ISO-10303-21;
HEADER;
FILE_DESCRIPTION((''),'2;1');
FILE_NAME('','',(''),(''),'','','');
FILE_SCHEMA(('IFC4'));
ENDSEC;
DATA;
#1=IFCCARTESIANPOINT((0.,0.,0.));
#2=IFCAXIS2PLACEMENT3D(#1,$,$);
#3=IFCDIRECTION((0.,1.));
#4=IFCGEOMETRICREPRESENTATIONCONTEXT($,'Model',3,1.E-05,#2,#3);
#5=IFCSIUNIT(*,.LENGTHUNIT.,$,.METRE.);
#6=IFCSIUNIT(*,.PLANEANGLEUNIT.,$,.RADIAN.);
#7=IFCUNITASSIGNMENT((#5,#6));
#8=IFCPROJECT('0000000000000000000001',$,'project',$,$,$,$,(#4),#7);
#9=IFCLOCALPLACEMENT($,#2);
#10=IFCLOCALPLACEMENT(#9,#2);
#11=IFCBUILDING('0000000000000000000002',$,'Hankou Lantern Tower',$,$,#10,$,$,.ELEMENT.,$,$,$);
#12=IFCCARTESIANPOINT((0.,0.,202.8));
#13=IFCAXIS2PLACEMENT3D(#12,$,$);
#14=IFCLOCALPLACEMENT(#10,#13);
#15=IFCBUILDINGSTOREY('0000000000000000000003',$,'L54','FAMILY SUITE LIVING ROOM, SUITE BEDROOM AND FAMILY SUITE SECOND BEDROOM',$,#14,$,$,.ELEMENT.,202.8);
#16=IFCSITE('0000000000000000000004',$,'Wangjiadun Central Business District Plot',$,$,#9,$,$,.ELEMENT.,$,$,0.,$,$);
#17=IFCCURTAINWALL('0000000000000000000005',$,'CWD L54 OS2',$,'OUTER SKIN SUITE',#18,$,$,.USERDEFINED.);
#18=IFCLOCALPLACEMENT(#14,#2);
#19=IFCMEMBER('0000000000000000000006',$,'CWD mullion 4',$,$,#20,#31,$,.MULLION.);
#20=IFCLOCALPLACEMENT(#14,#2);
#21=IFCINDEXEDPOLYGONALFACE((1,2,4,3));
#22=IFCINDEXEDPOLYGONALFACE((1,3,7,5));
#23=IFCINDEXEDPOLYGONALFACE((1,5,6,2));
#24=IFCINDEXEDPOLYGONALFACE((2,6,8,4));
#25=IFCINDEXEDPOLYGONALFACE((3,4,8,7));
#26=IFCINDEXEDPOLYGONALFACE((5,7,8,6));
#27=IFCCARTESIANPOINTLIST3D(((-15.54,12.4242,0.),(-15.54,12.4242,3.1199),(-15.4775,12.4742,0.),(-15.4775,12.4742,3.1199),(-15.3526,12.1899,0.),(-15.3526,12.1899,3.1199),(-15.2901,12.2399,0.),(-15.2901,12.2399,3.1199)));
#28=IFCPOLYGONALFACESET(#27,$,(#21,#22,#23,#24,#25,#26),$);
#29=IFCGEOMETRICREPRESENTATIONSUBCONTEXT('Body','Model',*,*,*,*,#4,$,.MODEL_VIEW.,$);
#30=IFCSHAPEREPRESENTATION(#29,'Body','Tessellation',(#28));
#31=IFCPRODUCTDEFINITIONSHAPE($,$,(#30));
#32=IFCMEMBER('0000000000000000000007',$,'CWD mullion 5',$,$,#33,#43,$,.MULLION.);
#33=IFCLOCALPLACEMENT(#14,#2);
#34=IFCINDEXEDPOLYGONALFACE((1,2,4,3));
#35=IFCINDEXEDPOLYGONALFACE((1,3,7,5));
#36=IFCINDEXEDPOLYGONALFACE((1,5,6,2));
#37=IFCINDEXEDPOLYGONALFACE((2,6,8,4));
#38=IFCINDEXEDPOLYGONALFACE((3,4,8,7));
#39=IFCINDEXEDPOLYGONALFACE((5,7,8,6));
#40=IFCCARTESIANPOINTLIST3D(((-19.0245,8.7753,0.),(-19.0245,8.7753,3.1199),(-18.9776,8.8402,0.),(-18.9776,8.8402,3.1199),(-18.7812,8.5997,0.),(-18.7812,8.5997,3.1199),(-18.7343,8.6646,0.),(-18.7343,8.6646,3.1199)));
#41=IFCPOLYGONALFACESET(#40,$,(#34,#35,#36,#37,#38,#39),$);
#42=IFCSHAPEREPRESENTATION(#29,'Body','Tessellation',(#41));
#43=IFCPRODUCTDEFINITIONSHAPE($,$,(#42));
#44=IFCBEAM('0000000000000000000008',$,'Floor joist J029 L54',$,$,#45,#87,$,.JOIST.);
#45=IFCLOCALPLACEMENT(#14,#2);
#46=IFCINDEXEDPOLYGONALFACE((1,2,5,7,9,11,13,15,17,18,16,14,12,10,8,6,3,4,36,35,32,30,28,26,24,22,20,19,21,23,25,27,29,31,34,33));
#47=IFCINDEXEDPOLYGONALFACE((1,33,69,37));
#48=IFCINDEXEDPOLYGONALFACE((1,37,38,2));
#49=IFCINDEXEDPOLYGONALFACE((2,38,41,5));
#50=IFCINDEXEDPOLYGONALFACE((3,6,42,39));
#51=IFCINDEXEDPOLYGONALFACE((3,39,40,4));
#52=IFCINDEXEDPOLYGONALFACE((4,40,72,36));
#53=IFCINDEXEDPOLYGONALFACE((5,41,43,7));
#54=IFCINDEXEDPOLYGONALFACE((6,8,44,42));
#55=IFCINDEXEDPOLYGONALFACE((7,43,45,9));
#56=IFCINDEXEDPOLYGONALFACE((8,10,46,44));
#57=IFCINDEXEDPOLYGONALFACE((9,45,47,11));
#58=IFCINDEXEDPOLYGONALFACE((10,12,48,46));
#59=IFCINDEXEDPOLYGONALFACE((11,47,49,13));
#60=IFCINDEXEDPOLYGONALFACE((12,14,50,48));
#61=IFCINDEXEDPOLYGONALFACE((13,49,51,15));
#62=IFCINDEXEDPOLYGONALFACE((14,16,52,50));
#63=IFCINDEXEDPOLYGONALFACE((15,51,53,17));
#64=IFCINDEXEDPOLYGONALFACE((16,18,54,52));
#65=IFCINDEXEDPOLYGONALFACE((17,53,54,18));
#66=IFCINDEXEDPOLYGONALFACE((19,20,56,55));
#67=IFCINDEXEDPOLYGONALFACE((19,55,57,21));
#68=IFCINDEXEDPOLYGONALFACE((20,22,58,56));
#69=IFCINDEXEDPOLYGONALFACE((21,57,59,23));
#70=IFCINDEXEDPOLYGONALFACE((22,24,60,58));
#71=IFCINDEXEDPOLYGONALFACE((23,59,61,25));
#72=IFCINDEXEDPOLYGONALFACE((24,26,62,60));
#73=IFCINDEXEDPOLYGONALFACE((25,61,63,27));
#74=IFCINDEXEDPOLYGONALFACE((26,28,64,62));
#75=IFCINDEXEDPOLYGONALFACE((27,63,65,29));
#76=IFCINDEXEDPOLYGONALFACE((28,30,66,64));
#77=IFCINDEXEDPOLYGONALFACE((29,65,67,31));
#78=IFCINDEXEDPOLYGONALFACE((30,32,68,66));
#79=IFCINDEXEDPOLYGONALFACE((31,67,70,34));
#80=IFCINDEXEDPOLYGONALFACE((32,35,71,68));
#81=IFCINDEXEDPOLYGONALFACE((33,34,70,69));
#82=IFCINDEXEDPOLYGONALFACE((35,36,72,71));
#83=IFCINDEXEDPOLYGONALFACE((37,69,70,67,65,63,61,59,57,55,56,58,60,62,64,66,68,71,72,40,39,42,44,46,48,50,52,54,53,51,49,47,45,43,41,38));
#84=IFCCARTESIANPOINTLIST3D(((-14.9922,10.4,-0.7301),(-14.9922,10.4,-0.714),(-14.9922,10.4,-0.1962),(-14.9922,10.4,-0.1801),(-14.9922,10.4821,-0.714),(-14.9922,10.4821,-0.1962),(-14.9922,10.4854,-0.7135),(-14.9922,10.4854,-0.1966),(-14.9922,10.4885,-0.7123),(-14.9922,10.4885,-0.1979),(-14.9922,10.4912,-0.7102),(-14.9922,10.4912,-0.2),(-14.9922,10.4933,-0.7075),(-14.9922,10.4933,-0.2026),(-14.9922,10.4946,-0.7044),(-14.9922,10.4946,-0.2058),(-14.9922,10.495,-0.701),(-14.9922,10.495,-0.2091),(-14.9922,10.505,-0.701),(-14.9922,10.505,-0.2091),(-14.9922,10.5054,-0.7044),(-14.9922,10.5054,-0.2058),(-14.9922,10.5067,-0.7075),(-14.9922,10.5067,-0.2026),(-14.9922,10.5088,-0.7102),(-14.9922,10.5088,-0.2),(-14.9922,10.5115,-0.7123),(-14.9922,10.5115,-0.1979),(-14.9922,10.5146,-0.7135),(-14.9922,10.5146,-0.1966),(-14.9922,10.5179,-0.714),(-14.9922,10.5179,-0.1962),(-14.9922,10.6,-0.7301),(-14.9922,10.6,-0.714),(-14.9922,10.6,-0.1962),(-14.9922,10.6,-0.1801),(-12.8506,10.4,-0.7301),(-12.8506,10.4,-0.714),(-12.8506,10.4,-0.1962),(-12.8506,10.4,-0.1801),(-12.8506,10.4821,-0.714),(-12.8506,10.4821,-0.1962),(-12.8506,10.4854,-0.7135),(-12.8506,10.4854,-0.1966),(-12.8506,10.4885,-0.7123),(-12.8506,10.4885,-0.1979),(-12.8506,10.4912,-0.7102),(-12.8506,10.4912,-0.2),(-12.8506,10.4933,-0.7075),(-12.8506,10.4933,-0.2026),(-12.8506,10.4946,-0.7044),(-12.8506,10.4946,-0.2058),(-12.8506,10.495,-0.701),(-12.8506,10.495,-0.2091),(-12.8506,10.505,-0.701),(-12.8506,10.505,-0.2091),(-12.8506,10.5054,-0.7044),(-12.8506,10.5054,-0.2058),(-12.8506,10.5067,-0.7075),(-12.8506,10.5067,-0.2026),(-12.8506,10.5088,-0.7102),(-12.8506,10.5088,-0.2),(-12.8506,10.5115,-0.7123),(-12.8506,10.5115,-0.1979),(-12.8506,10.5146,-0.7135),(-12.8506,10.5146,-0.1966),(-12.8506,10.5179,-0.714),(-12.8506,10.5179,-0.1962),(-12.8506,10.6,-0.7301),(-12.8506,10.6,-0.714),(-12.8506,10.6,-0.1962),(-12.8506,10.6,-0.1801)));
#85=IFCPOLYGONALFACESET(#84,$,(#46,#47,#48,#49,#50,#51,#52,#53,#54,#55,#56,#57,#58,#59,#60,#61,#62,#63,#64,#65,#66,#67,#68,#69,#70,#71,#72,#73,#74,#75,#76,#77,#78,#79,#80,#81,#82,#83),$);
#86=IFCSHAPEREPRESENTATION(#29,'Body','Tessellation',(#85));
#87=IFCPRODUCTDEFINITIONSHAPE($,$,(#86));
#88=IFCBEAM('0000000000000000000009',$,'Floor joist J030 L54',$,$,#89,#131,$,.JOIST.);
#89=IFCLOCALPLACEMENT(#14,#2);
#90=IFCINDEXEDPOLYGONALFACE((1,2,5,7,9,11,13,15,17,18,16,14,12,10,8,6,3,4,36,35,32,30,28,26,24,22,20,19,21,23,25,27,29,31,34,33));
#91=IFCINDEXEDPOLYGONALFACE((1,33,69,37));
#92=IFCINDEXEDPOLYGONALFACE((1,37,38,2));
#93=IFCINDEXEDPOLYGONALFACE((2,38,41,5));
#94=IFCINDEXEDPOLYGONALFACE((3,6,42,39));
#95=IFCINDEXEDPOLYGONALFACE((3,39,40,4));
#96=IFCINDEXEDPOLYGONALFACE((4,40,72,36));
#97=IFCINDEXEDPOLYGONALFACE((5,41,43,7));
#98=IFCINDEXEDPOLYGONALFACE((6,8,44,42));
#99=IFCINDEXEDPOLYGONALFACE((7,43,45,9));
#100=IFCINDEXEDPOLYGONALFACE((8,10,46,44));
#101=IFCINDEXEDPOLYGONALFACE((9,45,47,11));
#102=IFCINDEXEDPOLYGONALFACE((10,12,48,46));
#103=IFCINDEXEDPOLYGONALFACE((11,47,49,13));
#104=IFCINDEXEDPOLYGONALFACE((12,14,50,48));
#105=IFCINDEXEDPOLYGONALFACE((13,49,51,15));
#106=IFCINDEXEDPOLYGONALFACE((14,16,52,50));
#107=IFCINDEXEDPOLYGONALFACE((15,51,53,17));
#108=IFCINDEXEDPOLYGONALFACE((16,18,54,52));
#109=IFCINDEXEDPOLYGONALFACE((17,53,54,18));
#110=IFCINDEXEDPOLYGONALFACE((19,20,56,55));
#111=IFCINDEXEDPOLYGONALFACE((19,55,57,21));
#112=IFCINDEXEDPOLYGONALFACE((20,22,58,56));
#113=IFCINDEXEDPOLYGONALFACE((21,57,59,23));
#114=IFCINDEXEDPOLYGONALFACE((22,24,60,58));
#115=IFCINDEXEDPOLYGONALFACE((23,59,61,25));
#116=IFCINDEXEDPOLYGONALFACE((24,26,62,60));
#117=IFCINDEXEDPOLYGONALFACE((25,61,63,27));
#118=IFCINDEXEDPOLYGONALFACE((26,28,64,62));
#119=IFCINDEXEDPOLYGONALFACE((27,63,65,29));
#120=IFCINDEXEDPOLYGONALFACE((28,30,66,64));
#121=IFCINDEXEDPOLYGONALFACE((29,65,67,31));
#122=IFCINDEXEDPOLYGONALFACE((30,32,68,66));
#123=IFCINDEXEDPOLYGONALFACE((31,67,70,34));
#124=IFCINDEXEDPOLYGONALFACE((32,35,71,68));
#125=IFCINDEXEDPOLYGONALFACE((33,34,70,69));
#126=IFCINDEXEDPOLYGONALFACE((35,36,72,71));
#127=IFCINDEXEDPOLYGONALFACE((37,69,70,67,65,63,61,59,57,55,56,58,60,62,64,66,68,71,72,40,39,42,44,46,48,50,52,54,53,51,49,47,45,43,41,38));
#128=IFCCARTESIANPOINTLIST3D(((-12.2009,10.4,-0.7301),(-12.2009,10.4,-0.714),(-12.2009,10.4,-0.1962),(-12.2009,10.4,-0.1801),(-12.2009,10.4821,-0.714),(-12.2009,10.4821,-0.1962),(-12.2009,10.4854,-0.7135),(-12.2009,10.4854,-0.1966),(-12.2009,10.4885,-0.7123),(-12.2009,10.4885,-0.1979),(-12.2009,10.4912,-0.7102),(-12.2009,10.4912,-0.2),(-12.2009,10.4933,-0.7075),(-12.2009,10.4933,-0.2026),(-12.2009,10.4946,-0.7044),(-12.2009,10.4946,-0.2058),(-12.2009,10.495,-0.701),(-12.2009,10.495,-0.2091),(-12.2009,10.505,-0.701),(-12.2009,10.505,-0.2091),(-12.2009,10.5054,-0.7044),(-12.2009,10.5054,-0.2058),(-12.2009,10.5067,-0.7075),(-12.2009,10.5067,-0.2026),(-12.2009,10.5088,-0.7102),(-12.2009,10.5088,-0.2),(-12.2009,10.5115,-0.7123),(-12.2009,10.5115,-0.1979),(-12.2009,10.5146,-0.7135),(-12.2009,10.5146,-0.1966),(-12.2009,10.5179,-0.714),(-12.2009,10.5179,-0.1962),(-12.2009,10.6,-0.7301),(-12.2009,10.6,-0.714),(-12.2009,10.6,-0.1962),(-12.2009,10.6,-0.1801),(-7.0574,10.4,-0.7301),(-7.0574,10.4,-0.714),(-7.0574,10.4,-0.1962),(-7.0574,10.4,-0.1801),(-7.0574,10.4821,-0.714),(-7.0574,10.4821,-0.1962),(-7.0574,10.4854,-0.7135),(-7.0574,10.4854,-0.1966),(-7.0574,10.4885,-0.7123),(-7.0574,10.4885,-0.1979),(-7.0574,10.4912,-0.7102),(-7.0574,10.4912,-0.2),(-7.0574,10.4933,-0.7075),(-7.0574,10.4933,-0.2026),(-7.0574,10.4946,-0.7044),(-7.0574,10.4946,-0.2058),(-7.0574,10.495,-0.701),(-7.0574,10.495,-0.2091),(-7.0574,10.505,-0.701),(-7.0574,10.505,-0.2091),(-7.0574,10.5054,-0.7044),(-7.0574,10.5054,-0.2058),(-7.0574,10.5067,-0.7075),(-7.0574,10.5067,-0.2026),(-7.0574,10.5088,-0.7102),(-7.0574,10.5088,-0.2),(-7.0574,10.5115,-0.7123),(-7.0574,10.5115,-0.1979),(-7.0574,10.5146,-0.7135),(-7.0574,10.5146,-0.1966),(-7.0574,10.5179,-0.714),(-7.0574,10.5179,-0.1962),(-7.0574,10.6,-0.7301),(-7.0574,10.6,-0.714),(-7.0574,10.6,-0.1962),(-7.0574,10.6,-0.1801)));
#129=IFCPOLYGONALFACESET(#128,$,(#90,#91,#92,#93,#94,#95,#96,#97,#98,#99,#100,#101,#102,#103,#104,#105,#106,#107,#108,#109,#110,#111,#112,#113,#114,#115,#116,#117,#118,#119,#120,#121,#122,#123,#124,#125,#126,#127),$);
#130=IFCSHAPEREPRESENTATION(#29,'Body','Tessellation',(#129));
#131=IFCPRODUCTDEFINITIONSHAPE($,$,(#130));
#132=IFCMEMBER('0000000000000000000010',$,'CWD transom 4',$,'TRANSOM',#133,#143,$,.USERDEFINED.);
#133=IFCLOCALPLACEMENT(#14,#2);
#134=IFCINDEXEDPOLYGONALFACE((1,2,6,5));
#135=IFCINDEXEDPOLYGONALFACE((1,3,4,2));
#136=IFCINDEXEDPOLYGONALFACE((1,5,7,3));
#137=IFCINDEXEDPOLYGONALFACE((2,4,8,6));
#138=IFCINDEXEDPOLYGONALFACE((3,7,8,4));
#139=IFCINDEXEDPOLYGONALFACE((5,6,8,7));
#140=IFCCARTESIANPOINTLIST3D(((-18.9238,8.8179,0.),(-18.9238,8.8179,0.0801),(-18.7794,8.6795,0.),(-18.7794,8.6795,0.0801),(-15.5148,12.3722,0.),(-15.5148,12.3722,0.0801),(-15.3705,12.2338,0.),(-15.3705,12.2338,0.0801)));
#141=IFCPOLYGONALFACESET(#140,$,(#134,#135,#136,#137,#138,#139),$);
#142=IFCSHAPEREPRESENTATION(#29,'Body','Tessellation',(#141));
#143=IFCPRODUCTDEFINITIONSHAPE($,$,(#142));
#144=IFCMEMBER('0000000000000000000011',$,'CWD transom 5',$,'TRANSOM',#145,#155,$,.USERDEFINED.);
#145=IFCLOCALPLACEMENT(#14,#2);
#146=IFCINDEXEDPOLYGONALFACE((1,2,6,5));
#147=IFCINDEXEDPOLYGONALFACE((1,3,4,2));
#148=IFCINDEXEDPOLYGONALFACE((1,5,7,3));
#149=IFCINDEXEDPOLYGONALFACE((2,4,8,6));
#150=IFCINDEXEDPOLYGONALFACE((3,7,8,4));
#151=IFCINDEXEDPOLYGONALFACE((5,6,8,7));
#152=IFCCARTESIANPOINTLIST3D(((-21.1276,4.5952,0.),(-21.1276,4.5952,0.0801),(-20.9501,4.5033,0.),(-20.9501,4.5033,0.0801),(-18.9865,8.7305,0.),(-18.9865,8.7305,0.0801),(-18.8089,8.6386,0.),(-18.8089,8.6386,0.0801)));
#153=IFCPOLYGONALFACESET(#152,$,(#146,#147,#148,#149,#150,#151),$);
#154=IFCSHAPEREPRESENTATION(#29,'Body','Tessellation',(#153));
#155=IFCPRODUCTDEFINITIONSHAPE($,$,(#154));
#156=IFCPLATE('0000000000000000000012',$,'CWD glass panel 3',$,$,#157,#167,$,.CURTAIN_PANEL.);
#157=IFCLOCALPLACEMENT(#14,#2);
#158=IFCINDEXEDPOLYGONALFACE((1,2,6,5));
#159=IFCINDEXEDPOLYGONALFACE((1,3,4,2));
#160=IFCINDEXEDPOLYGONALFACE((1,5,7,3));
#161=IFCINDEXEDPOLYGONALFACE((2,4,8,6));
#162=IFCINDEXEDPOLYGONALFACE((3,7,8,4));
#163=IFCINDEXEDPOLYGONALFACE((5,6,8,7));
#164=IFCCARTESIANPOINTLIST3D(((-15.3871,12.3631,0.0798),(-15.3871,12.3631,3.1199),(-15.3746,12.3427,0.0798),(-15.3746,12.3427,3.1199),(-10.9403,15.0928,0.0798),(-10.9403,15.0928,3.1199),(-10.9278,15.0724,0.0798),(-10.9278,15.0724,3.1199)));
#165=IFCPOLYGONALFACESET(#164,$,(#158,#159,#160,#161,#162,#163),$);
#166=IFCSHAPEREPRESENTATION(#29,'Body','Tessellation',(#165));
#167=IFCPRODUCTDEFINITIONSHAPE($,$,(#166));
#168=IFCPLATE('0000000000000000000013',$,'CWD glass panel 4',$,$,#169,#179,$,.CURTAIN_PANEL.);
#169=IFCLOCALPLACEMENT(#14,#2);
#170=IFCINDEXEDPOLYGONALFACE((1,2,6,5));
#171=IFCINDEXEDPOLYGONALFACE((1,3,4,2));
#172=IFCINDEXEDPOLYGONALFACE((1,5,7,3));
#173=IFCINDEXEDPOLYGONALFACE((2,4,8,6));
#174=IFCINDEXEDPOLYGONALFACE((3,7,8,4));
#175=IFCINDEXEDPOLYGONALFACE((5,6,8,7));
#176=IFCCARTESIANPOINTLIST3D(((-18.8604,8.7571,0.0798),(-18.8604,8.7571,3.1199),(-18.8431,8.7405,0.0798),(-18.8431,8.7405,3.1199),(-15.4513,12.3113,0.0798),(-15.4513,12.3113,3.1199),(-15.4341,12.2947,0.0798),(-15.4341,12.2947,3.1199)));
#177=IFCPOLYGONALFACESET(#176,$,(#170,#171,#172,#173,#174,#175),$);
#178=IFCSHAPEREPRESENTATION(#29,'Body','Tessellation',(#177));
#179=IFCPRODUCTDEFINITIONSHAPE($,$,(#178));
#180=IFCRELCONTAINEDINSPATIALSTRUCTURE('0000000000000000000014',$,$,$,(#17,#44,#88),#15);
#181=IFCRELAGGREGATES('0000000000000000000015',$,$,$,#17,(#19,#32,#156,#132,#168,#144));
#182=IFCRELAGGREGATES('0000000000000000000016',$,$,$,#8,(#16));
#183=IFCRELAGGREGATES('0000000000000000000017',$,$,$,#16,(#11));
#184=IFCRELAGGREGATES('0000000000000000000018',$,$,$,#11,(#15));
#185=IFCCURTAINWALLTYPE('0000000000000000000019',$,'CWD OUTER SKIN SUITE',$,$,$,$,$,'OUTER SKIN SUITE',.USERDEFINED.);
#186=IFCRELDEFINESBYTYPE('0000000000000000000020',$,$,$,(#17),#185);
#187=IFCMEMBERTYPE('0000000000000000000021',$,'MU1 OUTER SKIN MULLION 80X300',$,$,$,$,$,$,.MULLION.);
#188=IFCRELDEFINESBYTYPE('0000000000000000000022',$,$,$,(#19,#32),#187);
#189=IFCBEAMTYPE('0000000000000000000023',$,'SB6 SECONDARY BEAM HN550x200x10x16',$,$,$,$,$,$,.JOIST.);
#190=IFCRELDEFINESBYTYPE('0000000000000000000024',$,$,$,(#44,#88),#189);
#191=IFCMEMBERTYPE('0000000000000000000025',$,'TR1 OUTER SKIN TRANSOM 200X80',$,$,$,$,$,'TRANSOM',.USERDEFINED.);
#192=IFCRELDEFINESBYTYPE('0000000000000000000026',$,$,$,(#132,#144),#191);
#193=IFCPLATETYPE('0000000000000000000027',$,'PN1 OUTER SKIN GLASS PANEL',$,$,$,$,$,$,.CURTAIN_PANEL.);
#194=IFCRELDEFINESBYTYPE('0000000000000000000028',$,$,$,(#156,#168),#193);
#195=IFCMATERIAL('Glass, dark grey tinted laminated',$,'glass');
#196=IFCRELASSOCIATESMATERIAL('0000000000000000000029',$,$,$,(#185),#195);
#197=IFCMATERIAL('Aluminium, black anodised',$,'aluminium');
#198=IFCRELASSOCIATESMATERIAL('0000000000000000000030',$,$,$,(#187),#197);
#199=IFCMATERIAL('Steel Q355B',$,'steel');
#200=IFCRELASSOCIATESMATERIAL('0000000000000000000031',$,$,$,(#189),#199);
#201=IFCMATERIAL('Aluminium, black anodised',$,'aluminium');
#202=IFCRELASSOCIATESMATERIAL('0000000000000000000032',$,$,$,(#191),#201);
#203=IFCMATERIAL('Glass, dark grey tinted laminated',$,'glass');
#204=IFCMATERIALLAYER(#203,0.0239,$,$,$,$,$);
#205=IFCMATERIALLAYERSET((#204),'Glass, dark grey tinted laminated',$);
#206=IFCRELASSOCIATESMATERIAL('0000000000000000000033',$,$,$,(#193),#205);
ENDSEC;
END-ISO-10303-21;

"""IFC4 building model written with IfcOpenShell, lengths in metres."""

from ifc_helpers import new_model, si_unit, direction, frame, origin, origin_2d, place, context, subcontext, project, spatial, rectangle, i_section, extrude, material, layer, layer_set, material_profile, profile_set, type_object, element, aggregate, save


model = new_model("IFC4")

# Units and contexts
model_context = context("Model", 3, precision=1e-05, world=origin(), true_north=direction((0.0, 1.0)))
body_context = subcontext(model_context, "Body", "Model", "MODEL_VIEW")
ifc_project = project(units=[si_unit("LENGTHUNIT", "METRE"), si_unit("PLANEANGLEUNIT", "RADIAN")], contexts=[model_context])

# Site, building, storey
site_placement = place(None, origin())
site = spatial("IfcSite", under=ifc_project, at=site_placement, Name="Wangjiadun Central Business District Plot", CompositionType="ELEMENT", RefElevation=0.0)
building_placement = place(site_placement, origin())
building = spatial("IfcBuilding", under=site, at=building_placement, Name="Hankou Lantern Tower", CompositionType="ELEMENT")
storey_placement = place(building_placement, frame((0.0, 0.0, 202.8)))
storey = spatial("IfcBuildingStorey", under=building, at=storey_placement, Name="L54", Description="FAMILY SUITE LIVING ROOM, SUITE BEDROOM AND FAMILY SUITE SECOND BEDROOM", CompositionType="ELEMENT", Elevation=202.8)

# Curtain wall, members
ifc_material_1 = material(Name="Glass, dark grey tinted laminated", Category="glass")
curtain_wall_type = type_object("IfcCurtainWallType", Name="CWD OUTER SKIN SUITE", ElementType="OUTER SKIN SUITE", PredefinedType="USERDEFINED", material=ifc_material_1)
curtain_wall_placement = place(storey_placement, origin())
curtain_wall = element("IfcCurtainWall", 1, at=curtain_wall_placement, inside=storey, type_object=curtain_wall_type, Name="CWD L54 OS2", ObjectType="OUTER SKIN SUITE", PredefinedType="USERDEFINED")
ifc_material_2 = material(Name="Aluminium, black anodised", Category="aluminium")
ifc_material_profile_1 = material_profile(ifc_material_2, rectangle(XDim=0.0801, YDim=0.3, at=origin_2d()), Name="MU1 80X300")
ifc_profile_set_1 = profile_set([ifc_material_profile_1], Name="Aluminium, black anodised")
member_type_1 = type_object("IfcMemberType", Name="MU1 OUTER SKIN MULLION 80X300", PredefinedType="MULLION", material=ifc_profile_set_1)
member_1_placement = place(storey_placement, frame((-15.415, 12.332, 0.0), z_axis=(0.0, 0.0, 1.0), x_axis=(-0.780869, -0.624695, 0.0)))
member_1 = element("IfcMember", 2, at=member_1_placement, type_object=member_type_1, Name="CWD mullion 4", PredefinedType="MULLION", context=body_context, shape_type="SweptSolid", body=[
    extrude(rectangle(XDim=0.0801, YDim=0.3, at=origin_2d()), origin(), (0.0, 0.0, 1.0), 3.1199),
])
member_2_placement = place(storey_placement, frame((-18.8794, 8.72, 0.0), z_axis=(0.0, 0.0, 1.0), x_axis=(-0.585206, -0.810885, 0.0)))
member_2 = element("IfcMember", 3, at=member_2_placement, type_object=member_type_1, Name="CWD mullion 5", PredefinedType="MULLION", context=body_context, shape_type="SweptSolid", body=[
    extrude(rectangle(XDim=0.0801, YDim=0.3, at=origin_2d()), origin(), (0.0, 0.0, 1.0), 3.1199),
])

# Beams
ifc_material_3 = material(Name="Steel Q355B", Category="steel")
ifc_material_profile_2 = material_profile(ifc_material_3, i_section(OverallWidth=0.2, OverallDepth=0.55, WebThickness=0.01, FlangeThickness=0.0161, FilletRadius=0.0129, at=origin_2d()), Name="HN550x200x10x16")
ifc_profile_set_2 = profile_set([ifc_material_profile_2], Name="Steel Q355B")
beam_type_1 = type_object("IfcBeamType", Name="SB6 SECONDARY BEAM HN550x200x10x16", PredefinedType="JOIST", material=ifc_profile_set_2)
beam_1_placement = place(storey_placement, frame((-14.9922, 10.5, -0.4551), z_axis=(1.0, 0.0, 0.0), x_axis=(0.0, 1.0, 0.0)))
element("IfcBeam", 4, at=beam_1_placement, inside=storey, type_object=beam_type_1, Name="Floor joist J029 L54", PredefinedType="JOIST", context=body_context, shape_type="SweptSolid", body=[
    extrude(i_section(OverallWidth=0.2, OverallDepth=0.55, WebThickness=0.01, FlangeThickness=0.0161, FilletRadius=0.0129, at=origin_2d()), origin(), (0.0, 0.0, 1.0), 2.1416),
])
beam_2_placement = place(storey_placement, frame((-12.2009, 10.5, -0.4551), z_axis=(1.0, 0.0, 0.0), x_axis=(0.0, 1.0, 0.0)))
element("IfcBeam", 5, at=beam_2_placement, inside=storey, type_object=beam_type_1, Name="Floor joist J030 L54", PredefinedType="JOIST", context=body_context, shape_type="SweptSolid", body=[
    extrude(i_section(OverallWidth=0.2, OverallDepth=0.55, WebThickness=0.01, FlangeThickness=0.0161, FilletRadius=0.0129, at=origin_2d()), origin(), (0.0, 0.0, 1.0), 5.1436),
])

# Members
ifc_material_4 = material(Name="Aluminium, black anodised", Category="aluminium")
ifc_material_profile_3 = material_profile(ifc_material_4, rectangle(XDim=0.2, YDim=0.0801, at=origin_2d()), Name="TR1 200X80")
ifc_profile_set_3 = profile_set([ifc_material_profile_3], Name="Aluminium, black anodised")
member_type_2 = type_object("IfcMemberType", Name="TR1 OUTER SKIN TRANSOM 200X80", ElementType="TRANSOM", PredefinedType="USERDEFINED", material=ifc_profile_set_3)
member_3_placement = place(storey_placement, frame((-15.4426, 12.303, 0.04), z_axis=(-0.692205, -0.721701, 0.0), x_axis=(0.721701, -0.692205, 0.0)))
member_3 = element("IfcMember", 6, at=member_3_placement, type_object=member_type_2, Name="CWD transom 4", ObjectType="TRANSOM", PredefinedType="USERDEFINED", context=body_context, shape_type="SweptSolid", body=[
    extrude(rectangle(XDim=0.2, YDim=0.0801, at=origin_2d()), origin(), (0.0, 0.0, 1.0), 4.9248),
])
member_4_placement = place(storey_placement, frame((-18.8977, 8.6846, 0.04), z_axis=(-0.459794, -0.888026, 0.0), x_axis=(0.888026, -0.459794, 0.0)))
member_4 = element("IfcMember", 7, at=member_4_placement, type_object=member_type_2, Name="CWD transom 5", ObjectType="TRANSOM", PredefinedType="USERDEFINED", context=body_context, shape_type="SweptSolid", body=[
    extrude(rectangle(XDim=0.2, YDim=0.0801, at=origin_2d()), origin(), (0.0, 0.0, 1.0), 4.6567),
])

# Plates
ifc_material_5 = material(Name="Glass, dark grey tinted laminated", Category="glass")
ifc_layer_1 = layer(ifc_material_5, 0.0239)
ifc_layer_set_1 = layer_set([ifc_layer_1], Name="Glass, dark grey tinted laminated")
plate_type = type_object("IfcPlateType", Name="PN1 OUTER SKIN GLASS PANEL", PredefinedType="CURTAIN_PANEL", material=ifc_layer_set_1)
plate_1_placement = place(storey_placement, frame((-13.1575, 13.7178, 0.0798), z_axis=(0.0, 0.0, 1.0), x_axis=(-0.852237, -0.523156, 0.0)))
plate_1 = element("IfcPlate", 8, at=plate_1_placement, type_object=plate_type, Name="CWD glass panel 3", PredefinedType="CURTAIN_PANEL", context=body_context, shape_type="SweptSolid", body=[
    extrude(rectangle(XDim=5.2178, YDim=0.0239, at=origin_2d()), origin(), (0.0, 0.0, 1.0), 3.04),
])
plate_2_placement = place(storey_placement, frame((-17.1472, 10.5259, 0.0798), z_axis=(0.0, 0.0, 1.0), x_axis=(-0.692216, -0.721691, 0.0)))
plate_2 = element("IfcPlate", 9, at=plate_2_placement, type_object=plate_type, Name="CWD glass panel 4", PredefinedType="CURTAIN_PANEL", context=body_context, shape_type="SweptSolid", body=[
    extrude(rectangle(XDim=4.9248, YDim=0.0239, at=origin_2d()), origin(), (0.0, 0.0, 1.0), 3.04),
])
aggregate(curtain_wall, [member_1, member_2, plate_1, member_3, plate_2, member_4])

save(model, "model.ifc")
